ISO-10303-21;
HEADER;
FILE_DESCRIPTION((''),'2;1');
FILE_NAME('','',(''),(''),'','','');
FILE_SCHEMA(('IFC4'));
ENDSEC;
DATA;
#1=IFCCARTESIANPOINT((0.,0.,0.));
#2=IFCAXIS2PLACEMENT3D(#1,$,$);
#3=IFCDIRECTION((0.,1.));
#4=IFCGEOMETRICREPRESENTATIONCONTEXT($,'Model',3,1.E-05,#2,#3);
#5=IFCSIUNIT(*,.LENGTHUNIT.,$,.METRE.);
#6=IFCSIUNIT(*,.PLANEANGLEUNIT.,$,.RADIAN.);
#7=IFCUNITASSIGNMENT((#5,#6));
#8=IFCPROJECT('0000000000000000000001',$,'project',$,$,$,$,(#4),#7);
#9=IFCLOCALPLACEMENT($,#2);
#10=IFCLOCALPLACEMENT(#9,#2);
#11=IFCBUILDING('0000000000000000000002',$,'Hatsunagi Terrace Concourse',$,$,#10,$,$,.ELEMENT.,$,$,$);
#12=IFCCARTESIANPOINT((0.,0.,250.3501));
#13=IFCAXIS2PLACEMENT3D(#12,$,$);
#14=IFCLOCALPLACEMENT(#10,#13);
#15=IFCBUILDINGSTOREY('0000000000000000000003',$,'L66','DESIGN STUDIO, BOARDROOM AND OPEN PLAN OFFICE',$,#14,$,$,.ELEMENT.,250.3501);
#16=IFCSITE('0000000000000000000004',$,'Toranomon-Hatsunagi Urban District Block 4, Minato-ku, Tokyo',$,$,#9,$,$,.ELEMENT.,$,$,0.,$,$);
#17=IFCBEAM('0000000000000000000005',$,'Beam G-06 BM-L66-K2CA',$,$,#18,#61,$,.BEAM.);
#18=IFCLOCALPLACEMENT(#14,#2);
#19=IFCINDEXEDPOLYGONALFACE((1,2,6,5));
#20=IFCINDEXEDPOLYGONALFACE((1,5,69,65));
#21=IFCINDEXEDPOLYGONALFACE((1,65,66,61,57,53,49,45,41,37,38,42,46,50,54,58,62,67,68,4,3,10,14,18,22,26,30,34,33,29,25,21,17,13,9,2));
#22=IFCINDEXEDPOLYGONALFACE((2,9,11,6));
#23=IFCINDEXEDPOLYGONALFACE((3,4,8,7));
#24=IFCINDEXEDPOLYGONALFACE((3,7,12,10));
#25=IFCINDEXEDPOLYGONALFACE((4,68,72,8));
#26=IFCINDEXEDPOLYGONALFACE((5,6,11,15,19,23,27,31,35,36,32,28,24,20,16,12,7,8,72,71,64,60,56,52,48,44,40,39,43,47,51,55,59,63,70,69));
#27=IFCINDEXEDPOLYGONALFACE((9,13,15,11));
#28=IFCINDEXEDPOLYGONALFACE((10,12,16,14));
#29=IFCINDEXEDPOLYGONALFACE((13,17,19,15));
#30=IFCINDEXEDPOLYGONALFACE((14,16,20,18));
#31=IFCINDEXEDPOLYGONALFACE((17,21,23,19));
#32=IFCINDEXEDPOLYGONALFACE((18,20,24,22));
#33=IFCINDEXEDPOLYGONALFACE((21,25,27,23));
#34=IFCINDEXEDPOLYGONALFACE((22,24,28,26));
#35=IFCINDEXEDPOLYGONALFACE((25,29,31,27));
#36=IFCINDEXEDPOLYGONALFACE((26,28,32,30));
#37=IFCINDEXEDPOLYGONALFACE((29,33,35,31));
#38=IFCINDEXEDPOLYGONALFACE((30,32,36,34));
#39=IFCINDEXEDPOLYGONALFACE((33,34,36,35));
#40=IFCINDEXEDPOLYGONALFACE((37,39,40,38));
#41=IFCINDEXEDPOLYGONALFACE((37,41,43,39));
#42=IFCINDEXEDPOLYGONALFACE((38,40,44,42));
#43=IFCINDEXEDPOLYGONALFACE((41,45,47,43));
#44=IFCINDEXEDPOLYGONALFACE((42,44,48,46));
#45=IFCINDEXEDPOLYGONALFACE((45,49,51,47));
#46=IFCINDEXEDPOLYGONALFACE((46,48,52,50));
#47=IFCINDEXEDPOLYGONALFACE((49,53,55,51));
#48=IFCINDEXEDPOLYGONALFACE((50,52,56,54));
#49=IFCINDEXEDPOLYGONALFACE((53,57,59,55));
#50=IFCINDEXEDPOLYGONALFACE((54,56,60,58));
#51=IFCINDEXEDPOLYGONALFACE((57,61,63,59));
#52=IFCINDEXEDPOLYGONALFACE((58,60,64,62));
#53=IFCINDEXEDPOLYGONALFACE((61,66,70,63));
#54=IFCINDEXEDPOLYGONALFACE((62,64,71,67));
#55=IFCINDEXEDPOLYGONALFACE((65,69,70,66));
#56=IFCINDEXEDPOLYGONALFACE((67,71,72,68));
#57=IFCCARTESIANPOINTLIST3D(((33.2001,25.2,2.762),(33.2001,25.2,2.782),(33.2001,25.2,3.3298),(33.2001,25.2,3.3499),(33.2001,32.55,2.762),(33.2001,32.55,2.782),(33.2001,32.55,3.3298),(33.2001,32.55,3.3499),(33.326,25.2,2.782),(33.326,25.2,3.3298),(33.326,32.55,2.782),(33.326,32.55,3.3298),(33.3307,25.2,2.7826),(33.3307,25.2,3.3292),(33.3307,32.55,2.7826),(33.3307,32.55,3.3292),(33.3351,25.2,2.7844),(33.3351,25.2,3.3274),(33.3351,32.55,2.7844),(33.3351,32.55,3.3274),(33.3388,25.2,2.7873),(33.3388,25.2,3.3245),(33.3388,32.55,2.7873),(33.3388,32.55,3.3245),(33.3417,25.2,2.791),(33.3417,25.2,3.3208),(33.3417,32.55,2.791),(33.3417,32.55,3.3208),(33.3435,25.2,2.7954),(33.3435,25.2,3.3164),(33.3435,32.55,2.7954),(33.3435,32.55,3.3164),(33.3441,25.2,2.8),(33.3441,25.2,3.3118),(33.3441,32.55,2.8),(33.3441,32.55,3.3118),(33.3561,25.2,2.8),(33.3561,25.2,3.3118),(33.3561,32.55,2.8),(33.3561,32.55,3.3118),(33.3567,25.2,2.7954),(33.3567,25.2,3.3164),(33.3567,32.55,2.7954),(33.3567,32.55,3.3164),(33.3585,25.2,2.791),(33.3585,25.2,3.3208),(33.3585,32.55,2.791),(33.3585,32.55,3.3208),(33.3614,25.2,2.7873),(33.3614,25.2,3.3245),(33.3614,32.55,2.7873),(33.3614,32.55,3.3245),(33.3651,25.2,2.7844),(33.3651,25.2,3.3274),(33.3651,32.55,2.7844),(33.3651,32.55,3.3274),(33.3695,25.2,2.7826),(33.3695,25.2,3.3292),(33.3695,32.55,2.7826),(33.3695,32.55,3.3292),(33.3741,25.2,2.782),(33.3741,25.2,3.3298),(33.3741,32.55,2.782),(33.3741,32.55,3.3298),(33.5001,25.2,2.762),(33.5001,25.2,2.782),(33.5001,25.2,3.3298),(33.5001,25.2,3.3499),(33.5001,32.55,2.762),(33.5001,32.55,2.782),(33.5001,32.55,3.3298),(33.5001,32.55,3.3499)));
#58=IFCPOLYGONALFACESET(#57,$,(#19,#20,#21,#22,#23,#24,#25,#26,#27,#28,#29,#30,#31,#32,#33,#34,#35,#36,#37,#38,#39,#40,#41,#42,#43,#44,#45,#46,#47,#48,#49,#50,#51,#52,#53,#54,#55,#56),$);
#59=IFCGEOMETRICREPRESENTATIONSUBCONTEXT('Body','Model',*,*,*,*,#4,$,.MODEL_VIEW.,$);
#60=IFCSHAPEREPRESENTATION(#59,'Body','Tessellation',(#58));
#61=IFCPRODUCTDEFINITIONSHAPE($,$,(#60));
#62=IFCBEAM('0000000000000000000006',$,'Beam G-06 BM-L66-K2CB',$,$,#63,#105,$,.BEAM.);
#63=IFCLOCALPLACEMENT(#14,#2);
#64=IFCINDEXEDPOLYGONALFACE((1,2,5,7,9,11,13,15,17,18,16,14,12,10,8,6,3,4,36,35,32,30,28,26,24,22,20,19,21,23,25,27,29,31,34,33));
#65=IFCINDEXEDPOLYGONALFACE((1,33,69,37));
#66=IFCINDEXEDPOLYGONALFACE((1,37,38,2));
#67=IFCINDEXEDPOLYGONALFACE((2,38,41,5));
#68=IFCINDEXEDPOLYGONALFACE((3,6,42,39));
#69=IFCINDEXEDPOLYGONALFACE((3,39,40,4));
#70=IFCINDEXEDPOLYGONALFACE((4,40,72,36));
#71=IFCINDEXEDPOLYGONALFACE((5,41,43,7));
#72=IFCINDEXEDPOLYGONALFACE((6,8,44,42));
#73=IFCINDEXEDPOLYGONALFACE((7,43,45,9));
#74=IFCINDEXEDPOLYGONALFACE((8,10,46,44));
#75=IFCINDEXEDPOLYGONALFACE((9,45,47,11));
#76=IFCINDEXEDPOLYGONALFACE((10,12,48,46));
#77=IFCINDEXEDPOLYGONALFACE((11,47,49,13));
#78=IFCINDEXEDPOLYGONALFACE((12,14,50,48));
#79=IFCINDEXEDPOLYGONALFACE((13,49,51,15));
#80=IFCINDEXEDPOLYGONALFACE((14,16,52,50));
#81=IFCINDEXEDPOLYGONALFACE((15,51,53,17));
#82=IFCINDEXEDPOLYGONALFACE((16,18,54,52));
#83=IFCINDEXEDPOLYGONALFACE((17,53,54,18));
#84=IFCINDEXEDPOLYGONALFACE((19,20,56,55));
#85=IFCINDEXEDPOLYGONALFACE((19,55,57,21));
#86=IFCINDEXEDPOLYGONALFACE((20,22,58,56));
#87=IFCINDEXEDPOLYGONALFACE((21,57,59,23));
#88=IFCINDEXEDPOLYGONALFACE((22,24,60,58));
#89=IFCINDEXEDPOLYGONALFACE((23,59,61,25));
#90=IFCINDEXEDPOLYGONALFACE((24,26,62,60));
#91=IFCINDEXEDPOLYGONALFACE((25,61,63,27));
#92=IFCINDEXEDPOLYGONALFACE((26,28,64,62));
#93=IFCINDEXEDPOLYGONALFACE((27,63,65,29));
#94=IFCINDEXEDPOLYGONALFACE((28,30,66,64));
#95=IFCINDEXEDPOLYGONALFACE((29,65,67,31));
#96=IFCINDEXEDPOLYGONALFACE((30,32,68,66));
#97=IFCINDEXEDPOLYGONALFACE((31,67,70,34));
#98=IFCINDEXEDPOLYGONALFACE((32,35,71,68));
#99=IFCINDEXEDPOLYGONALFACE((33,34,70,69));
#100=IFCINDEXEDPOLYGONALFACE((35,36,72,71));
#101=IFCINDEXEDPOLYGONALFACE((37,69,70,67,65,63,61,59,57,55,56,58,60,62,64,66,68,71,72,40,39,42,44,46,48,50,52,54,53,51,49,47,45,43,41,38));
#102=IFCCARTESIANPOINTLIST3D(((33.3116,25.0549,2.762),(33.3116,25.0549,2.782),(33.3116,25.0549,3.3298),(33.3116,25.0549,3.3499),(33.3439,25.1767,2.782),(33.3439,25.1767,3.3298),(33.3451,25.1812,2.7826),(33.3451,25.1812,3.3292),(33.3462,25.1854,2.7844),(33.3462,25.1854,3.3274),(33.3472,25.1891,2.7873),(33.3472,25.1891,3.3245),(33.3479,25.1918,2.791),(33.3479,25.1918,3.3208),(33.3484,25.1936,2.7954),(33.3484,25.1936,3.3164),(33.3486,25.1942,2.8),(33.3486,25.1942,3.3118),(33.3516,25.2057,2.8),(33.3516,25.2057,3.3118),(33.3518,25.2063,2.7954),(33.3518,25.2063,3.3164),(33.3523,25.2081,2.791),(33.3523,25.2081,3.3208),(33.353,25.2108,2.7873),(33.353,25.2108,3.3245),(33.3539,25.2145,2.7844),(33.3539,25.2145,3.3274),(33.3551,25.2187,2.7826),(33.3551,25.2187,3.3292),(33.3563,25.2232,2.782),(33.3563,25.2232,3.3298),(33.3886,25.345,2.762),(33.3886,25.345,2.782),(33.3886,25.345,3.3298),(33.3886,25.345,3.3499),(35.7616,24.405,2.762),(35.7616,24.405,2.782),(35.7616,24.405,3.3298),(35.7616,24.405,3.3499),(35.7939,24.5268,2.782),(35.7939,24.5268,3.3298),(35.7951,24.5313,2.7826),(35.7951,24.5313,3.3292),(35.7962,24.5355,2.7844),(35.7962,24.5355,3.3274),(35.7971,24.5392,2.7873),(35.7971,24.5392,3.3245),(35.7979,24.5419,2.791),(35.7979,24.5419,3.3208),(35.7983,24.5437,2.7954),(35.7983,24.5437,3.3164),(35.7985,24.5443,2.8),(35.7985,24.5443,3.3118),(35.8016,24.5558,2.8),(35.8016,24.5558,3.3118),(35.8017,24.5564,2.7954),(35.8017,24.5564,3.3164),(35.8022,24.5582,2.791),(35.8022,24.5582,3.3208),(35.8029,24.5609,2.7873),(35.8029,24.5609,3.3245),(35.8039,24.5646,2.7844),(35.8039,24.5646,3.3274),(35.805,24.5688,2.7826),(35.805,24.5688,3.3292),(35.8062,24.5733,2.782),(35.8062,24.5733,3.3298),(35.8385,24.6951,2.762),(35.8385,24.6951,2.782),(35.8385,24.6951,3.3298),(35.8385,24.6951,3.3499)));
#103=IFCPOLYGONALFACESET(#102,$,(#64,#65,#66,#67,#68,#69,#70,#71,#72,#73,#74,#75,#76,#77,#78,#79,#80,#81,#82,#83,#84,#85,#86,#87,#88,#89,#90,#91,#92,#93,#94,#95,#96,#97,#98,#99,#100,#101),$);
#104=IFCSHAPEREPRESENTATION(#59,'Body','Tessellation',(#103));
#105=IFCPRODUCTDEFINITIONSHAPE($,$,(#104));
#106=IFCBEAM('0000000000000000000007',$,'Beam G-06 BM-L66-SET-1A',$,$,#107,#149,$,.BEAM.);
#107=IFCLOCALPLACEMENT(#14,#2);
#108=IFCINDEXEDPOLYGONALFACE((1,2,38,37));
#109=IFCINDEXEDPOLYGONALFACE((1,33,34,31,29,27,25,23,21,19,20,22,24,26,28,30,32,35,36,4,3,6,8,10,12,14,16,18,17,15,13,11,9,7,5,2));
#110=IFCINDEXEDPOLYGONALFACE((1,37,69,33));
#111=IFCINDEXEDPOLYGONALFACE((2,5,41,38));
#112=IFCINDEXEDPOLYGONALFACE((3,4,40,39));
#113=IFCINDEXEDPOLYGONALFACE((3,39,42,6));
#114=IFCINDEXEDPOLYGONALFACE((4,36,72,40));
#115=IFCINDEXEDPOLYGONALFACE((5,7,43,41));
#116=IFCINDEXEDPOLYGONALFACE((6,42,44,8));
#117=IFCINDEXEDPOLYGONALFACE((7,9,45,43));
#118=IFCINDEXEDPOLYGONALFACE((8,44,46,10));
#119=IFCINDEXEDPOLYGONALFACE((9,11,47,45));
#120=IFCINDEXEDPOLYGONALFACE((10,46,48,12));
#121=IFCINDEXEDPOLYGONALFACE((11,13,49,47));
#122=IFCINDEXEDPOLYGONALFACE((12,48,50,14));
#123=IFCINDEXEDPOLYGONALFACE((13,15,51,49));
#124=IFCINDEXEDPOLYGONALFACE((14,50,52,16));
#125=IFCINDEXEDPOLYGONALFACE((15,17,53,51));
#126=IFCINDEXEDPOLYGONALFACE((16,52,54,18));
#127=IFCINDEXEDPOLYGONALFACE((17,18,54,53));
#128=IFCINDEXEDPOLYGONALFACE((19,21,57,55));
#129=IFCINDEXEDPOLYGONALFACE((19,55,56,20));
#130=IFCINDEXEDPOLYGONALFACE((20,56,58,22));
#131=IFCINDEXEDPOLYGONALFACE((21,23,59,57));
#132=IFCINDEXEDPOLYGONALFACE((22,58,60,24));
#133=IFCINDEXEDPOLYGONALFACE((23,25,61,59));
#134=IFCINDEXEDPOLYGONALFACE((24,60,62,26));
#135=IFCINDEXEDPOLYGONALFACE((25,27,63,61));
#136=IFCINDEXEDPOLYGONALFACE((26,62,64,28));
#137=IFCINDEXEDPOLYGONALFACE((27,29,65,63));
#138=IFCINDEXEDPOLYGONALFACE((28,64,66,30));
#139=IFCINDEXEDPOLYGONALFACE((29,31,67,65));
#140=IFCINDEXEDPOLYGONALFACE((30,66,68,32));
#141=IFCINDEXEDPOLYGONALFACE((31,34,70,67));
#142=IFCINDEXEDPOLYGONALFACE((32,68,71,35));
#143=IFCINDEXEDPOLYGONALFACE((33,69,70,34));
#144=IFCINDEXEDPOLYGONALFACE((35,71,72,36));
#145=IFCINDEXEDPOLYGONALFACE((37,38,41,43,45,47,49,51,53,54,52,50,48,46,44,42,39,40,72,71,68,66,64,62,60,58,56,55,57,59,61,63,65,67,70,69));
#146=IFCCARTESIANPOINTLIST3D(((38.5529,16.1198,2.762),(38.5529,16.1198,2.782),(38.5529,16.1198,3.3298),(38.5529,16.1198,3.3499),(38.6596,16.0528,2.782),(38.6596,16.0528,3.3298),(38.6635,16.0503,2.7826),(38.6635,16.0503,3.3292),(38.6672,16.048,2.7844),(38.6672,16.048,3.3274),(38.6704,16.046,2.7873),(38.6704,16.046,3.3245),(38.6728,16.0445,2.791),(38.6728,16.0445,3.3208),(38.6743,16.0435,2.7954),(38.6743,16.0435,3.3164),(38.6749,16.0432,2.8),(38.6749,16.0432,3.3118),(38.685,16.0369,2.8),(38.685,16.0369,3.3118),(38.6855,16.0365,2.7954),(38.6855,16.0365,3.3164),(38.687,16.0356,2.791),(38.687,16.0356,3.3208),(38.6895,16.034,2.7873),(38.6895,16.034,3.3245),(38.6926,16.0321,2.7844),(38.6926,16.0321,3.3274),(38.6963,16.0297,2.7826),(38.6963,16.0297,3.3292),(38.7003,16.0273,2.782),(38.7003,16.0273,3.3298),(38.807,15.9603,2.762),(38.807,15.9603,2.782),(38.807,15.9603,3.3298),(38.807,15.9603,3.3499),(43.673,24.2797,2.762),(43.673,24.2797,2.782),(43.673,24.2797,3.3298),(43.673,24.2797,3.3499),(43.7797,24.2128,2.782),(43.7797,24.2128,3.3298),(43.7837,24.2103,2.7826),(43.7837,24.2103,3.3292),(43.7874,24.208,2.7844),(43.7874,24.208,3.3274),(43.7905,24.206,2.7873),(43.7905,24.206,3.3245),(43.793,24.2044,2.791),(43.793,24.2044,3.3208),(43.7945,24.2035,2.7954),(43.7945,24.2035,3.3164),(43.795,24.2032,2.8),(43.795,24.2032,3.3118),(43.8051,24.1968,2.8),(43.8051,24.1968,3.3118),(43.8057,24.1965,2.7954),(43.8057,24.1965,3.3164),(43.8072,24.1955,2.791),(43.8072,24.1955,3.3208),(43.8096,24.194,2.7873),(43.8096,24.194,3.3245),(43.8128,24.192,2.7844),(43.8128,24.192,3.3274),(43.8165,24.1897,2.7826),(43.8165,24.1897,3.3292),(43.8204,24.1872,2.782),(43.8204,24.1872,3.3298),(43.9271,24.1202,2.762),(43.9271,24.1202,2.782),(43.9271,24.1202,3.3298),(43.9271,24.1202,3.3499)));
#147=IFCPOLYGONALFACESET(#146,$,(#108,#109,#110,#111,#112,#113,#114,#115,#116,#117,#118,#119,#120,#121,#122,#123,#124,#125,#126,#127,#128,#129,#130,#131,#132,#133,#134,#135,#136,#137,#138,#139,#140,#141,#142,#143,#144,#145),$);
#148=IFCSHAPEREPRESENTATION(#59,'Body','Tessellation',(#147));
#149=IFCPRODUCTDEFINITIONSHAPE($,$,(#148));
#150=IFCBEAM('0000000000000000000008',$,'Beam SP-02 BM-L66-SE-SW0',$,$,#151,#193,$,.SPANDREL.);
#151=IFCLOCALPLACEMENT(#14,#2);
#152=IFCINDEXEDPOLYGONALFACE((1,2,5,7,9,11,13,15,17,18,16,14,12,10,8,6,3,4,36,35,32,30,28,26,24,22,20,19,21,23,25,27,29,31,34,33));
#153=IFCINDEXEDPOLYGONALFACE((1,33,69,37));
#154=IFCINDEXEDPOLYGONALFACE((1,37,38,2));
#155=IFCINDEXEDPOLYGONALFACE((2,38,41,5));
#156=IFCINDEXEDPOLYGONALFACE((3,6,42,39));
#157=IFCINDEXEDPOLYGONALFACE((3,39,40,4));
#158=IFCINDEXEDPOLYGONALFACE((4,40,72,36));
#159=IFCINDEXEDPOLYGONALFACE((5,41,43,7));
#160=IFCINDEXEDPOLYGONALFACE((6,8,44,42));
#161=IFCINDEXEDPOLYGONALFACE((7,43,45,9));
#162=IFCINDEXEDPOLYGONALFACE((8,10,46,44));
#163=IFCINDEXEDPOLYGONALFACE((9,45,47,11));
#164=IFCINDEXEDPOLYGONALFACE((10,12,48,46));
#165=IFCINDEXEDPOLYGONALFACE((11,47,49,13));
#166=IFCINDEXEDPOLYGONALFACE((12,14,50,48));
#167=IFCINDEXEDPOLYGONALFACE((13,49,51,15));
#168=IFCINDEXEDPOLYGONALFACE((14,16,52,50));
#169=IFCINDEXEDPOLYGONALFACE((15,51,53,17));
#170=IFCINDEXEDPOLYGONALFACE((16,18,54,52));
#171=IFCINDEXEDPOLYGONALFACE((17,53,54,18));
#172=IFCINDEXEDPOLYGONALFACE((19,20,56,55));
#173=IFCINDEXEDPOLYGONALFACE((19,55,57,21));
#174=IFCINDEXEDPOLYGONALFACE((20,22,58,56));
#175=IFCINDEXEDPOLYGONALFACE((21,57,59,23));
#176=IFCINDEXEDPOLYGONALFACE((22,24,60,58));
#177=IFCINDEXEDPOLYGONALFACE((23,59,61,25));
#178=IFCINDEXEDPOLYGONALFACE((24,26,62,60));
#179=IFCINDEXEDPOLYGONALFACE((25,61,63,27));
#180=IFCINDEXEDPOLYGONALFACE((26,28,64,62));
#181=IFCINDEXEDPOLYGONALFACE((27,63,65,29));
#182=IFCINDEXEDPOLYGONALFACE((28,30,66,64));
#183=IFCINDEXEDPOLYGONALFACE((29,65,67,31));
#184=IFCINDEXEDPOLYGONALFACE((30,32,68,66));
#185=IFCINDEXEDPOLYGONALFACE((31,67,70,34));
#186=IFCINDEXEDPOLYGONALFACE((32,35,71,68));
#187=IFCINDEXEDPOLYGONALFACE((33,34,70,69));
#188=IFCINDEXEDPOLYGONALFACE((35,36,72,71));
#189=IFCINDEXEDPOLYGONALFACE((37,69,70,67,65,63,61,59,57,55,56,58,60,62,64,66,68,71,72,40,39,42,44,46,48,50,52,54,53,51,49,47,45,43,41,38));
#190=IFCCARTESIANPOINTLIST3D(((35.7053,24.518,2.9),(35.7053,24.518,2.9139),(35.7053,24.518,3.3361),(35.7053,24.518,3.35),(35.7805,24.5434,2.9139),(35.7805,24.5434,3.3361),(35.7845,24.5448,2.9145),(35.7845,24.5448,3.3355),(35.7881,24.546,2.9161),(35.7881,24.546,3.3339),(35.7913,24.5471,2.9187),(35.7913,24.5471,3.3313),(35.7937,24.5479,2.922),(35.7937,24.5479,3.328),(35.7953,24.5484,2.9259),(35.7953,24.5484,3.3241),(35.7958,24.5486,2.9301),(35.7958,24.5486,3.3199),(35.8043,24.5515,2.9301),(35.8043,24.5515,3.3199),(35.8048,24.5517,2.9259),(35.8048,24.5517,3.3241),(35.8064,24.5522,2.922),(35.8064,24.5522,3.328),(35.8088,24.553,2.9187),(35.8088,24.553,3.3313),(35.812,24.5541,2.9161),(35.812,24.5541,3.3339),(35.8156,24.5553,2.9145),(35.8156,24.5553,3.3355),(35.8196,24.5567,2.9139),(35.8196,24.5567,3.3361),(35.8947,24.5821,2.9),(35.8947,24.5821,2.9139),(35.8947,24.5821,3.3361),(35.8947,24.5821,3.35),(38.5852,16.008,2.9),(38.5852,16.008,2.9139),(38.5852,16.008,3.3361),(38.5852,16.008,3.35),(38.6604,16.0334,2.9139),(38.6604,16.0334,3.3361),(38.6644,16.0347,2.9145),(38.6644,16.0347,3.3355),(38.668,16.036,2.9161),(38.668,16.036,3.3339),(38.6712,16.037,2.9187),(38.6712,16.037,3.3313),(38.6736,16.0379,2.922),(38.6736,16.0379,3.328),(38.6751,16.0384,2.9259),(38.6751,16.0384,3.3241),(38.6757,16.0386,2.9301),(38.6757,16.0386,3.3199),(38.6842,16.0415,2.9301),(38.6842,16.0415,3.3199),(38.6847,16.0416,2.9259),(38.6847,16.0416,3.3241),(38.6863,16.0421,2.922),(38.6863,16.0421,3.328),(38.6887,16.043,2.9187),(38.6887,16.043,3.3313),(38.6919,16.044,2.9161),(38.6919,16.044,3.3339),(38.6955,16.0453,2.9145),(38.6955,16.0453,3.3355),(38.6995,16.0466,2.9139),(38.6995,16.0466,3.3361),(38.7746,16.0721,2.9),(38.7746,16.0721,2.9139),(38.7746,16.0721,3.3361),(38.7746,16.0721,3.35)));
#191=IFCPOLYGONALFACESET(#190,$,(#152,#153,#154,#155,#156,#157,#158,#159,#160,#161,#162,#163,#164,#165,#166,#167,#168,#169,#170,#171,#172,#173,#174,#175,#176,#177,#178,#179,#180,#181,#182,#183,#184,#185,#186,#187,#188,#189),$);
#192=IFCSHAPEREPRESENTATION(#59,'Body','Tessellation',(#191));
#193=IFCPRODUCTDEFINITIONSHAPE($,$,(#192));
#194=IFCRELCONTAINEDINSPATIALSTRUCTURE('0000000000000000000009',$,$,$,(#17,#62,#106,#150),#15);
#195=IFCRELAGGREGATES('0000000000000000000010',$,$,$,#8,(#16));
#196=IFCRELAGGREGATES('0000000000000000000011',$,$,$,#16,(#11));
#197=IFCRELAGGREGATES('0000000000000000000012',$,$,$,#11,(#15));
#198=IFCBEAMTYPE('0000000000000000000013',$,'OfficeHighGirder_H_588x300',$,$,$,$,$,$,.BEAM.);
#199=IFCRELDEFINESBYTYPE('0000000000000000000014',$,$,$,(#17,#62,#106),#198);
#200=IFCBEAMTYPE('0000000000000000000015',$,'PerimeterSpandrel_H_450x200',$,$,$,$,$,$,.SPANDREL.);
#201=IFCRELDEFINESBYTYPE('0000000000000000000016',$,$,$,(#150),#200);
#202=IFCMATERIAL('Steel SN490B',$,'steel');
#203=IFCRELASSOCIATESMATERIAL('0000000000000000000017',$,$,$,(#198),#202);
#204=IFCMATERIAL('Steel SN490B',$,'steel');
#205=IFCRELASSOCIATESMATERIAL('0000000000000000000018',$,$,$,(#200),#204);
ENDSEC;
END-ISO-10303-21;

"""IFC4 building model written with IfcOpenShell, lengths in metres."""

from ifc_helpers import new_model, si_unit, direction, frame, origin, origin_2d, place, context, subcontext, project, spatial, i_section, extrude, material, material_profile, profile_set, type_object, element, save


model = new_model("IFC4")

# Units and contexts
model_context = context("Model", 3, precision=1e-05, world=origin(), true_north=direction((0.0, 1.0)))
body_context = subcontext(model_context, "Body", "Model", "MODEL_VIEW")
ifc_project = project(units=[si_unit("LENGTHUNIT", "METRE"), si_unit("PLANEANGLEUNIT", "RADIAN")], contexts=[model_context])

# Site, building, storey
site_placement = place(None, origin())
site = spatial("IfcSite", under=ifc_project, at=site_placement, Name="Toranomon-Hatsunagi Urban District Block 4, Minato-ku, Tokyo", CompositionType="ELEMENT", RefElevation=0.0)
building_placement = place(site_placement, origin())
building = spatial("IfcBuilding", under=site, at=building_placement, Name="Hatsunagi Terrace Concourse", CompositionType="ELEMENT")
storey_placement = place(building_placement, frame((0.0, 0.0, 250.3501)))
storey = spatial("IfcBuildingStorey", under=building, at=storey_placement, Name="L66", Description="DESIGN STUDIO, BOARDROOM AND OPEN PLAN OFFICE", CompositionType="ELEMENT", Elevation=250.3501)

# Beams
ifc_material_1 = material(Name="Steel SN490B", Category="steel")
ifc_material_profile_1 = material_profile(ifc_material_1, i_section(OverallWidth=0.3, OverallDepth=0.5879, WebThickness=0.012, FlangeThickness=0.02, FilletRadius=0.0181, at=origin_2d()), Name="H-588x300x12x20")
ifc_profile_set_1 = profile_set([ifc_material_profile_1], Name="Steel SN490B")
beam_type_1 = type_object("IfcBeamType", Name="OfficeHighGirder_H_588x300", PredefinedType="BEAM", material=ifc_profile_set_1)
beam_1_placement = place(storey_placement, frame((33.3501, 25.2, 3.0559), z_axis=(0.0, 1.0, 0.0), x_axis=(-1.0, 0.0, 0.0)))
element("IfcBeam", 1, at=beam_1_placement, inside=storey, type_object=beam_type_1, Name="Beam G-06 BM-L66-K2CA", PredefinedType="BEAM", context=body_context, shape_type="SweptSolid", body=[
    extrude(i_section(OverallWidth=0.3, OverallDepth=0.5879, WebThickness=0.012, FlangeThickness=0.02, FilletRadius=0.0181, at=origin_2d()), origin(), (0.0, 0.0, 1.0), 7.3501),
])
beam_2_placement = place(storey_placement, frame((33.3501, 25.2, 3.0559), z_axis=(0.96657, -0.256403, 0.0), x_axis=(0.256403, 0.96657, 0.0)))
element("IfcBeam", 2, at=beam_2_placement, inside=storey, type_object=beam_type_1, Name="Beam G-06 BM-L66-K2CB", PredefinedType="BEAM", context=body_context, shape_type="SweptSolid", body=[
    extrude(i_section(OverallWidth=0.3, OverallDepth=0.5879, WebThickness=0.012, FlangeThickness=0.02, FilletRadius=0.0181, at=origin_2d()), origin(), (0.0, 0.0, 1.0), 2.5347),
])
beam_3_placement = place(storey_placement, frame((38.6799, 16.04, 3.0559), z_axis=(0.531504, 0.847056, 0.0), x_axis=(-0.847056, 0.531504, 0.0)))
element("IfcBeam", 3, at=beam_3_placement, inside=storey, type_object=beam_type_1, Name="Beam G-06 BM-L66-SET-1A", PredefinedType="BEAM", context=body_context, shape_type="SweptSolid", body=[
    extrude(i_section(OverallWidth=0.3, OverallDepth=0.5879, WebThickness=0.012, FlangeThickness=0.02, FilletRadius=0.0181, at=origin_2d()), origin(), (0.0, 0.0, 1.0), 9.6333),
])
ifc_material_2 = material(Name="Steel SN490B", Category="steel")
ifc_material_profile_2 = material_profile(ifc_material_2, i_section(OverallWidth=0.2, OverallDepth=0.45, WebThickness=0.009, FlangeThickness=0.0139, FilletRadius=0.0161, at=origin_2d()), Name="H-450x200x9x14")
ifc_profile_set_2 = profile_set([ifc_material_profile_2], Name="Steel SN490B")
beam_type_2 = type_object("IfcBeamType", Name="PerimeterSpandrel_H_450x200", PredefinedType="SPANDREL", material=ifc_profile_set_2)
beam_4_placement = place(storey_placement, frame((35.8, 24.55, 3.125), z_axis=(0.320553, -0.94723, 0.0), x_axis=(0.94723, 0.320553, 0.0)))
element("IfcBeam", 4, at=beam_4_placement, inside=storey, type_object=beam_type_2, Name="Beam SP-02 BM-L66-SE-SW0", PredefinedType="SPANDREL", context=body_context, shape_type="SweptSolid", body=[
    extrude(i_section(OverallWidth=0.2, OverallDepth=0.45, WebThickness=0.009, FlangeThickness=0.0139, FilletRadius=0.0161, at=origin_2d()), origin(), (0.0, 0.0, 1.0), 8.9841),
])

save(model, "model.ifc")
